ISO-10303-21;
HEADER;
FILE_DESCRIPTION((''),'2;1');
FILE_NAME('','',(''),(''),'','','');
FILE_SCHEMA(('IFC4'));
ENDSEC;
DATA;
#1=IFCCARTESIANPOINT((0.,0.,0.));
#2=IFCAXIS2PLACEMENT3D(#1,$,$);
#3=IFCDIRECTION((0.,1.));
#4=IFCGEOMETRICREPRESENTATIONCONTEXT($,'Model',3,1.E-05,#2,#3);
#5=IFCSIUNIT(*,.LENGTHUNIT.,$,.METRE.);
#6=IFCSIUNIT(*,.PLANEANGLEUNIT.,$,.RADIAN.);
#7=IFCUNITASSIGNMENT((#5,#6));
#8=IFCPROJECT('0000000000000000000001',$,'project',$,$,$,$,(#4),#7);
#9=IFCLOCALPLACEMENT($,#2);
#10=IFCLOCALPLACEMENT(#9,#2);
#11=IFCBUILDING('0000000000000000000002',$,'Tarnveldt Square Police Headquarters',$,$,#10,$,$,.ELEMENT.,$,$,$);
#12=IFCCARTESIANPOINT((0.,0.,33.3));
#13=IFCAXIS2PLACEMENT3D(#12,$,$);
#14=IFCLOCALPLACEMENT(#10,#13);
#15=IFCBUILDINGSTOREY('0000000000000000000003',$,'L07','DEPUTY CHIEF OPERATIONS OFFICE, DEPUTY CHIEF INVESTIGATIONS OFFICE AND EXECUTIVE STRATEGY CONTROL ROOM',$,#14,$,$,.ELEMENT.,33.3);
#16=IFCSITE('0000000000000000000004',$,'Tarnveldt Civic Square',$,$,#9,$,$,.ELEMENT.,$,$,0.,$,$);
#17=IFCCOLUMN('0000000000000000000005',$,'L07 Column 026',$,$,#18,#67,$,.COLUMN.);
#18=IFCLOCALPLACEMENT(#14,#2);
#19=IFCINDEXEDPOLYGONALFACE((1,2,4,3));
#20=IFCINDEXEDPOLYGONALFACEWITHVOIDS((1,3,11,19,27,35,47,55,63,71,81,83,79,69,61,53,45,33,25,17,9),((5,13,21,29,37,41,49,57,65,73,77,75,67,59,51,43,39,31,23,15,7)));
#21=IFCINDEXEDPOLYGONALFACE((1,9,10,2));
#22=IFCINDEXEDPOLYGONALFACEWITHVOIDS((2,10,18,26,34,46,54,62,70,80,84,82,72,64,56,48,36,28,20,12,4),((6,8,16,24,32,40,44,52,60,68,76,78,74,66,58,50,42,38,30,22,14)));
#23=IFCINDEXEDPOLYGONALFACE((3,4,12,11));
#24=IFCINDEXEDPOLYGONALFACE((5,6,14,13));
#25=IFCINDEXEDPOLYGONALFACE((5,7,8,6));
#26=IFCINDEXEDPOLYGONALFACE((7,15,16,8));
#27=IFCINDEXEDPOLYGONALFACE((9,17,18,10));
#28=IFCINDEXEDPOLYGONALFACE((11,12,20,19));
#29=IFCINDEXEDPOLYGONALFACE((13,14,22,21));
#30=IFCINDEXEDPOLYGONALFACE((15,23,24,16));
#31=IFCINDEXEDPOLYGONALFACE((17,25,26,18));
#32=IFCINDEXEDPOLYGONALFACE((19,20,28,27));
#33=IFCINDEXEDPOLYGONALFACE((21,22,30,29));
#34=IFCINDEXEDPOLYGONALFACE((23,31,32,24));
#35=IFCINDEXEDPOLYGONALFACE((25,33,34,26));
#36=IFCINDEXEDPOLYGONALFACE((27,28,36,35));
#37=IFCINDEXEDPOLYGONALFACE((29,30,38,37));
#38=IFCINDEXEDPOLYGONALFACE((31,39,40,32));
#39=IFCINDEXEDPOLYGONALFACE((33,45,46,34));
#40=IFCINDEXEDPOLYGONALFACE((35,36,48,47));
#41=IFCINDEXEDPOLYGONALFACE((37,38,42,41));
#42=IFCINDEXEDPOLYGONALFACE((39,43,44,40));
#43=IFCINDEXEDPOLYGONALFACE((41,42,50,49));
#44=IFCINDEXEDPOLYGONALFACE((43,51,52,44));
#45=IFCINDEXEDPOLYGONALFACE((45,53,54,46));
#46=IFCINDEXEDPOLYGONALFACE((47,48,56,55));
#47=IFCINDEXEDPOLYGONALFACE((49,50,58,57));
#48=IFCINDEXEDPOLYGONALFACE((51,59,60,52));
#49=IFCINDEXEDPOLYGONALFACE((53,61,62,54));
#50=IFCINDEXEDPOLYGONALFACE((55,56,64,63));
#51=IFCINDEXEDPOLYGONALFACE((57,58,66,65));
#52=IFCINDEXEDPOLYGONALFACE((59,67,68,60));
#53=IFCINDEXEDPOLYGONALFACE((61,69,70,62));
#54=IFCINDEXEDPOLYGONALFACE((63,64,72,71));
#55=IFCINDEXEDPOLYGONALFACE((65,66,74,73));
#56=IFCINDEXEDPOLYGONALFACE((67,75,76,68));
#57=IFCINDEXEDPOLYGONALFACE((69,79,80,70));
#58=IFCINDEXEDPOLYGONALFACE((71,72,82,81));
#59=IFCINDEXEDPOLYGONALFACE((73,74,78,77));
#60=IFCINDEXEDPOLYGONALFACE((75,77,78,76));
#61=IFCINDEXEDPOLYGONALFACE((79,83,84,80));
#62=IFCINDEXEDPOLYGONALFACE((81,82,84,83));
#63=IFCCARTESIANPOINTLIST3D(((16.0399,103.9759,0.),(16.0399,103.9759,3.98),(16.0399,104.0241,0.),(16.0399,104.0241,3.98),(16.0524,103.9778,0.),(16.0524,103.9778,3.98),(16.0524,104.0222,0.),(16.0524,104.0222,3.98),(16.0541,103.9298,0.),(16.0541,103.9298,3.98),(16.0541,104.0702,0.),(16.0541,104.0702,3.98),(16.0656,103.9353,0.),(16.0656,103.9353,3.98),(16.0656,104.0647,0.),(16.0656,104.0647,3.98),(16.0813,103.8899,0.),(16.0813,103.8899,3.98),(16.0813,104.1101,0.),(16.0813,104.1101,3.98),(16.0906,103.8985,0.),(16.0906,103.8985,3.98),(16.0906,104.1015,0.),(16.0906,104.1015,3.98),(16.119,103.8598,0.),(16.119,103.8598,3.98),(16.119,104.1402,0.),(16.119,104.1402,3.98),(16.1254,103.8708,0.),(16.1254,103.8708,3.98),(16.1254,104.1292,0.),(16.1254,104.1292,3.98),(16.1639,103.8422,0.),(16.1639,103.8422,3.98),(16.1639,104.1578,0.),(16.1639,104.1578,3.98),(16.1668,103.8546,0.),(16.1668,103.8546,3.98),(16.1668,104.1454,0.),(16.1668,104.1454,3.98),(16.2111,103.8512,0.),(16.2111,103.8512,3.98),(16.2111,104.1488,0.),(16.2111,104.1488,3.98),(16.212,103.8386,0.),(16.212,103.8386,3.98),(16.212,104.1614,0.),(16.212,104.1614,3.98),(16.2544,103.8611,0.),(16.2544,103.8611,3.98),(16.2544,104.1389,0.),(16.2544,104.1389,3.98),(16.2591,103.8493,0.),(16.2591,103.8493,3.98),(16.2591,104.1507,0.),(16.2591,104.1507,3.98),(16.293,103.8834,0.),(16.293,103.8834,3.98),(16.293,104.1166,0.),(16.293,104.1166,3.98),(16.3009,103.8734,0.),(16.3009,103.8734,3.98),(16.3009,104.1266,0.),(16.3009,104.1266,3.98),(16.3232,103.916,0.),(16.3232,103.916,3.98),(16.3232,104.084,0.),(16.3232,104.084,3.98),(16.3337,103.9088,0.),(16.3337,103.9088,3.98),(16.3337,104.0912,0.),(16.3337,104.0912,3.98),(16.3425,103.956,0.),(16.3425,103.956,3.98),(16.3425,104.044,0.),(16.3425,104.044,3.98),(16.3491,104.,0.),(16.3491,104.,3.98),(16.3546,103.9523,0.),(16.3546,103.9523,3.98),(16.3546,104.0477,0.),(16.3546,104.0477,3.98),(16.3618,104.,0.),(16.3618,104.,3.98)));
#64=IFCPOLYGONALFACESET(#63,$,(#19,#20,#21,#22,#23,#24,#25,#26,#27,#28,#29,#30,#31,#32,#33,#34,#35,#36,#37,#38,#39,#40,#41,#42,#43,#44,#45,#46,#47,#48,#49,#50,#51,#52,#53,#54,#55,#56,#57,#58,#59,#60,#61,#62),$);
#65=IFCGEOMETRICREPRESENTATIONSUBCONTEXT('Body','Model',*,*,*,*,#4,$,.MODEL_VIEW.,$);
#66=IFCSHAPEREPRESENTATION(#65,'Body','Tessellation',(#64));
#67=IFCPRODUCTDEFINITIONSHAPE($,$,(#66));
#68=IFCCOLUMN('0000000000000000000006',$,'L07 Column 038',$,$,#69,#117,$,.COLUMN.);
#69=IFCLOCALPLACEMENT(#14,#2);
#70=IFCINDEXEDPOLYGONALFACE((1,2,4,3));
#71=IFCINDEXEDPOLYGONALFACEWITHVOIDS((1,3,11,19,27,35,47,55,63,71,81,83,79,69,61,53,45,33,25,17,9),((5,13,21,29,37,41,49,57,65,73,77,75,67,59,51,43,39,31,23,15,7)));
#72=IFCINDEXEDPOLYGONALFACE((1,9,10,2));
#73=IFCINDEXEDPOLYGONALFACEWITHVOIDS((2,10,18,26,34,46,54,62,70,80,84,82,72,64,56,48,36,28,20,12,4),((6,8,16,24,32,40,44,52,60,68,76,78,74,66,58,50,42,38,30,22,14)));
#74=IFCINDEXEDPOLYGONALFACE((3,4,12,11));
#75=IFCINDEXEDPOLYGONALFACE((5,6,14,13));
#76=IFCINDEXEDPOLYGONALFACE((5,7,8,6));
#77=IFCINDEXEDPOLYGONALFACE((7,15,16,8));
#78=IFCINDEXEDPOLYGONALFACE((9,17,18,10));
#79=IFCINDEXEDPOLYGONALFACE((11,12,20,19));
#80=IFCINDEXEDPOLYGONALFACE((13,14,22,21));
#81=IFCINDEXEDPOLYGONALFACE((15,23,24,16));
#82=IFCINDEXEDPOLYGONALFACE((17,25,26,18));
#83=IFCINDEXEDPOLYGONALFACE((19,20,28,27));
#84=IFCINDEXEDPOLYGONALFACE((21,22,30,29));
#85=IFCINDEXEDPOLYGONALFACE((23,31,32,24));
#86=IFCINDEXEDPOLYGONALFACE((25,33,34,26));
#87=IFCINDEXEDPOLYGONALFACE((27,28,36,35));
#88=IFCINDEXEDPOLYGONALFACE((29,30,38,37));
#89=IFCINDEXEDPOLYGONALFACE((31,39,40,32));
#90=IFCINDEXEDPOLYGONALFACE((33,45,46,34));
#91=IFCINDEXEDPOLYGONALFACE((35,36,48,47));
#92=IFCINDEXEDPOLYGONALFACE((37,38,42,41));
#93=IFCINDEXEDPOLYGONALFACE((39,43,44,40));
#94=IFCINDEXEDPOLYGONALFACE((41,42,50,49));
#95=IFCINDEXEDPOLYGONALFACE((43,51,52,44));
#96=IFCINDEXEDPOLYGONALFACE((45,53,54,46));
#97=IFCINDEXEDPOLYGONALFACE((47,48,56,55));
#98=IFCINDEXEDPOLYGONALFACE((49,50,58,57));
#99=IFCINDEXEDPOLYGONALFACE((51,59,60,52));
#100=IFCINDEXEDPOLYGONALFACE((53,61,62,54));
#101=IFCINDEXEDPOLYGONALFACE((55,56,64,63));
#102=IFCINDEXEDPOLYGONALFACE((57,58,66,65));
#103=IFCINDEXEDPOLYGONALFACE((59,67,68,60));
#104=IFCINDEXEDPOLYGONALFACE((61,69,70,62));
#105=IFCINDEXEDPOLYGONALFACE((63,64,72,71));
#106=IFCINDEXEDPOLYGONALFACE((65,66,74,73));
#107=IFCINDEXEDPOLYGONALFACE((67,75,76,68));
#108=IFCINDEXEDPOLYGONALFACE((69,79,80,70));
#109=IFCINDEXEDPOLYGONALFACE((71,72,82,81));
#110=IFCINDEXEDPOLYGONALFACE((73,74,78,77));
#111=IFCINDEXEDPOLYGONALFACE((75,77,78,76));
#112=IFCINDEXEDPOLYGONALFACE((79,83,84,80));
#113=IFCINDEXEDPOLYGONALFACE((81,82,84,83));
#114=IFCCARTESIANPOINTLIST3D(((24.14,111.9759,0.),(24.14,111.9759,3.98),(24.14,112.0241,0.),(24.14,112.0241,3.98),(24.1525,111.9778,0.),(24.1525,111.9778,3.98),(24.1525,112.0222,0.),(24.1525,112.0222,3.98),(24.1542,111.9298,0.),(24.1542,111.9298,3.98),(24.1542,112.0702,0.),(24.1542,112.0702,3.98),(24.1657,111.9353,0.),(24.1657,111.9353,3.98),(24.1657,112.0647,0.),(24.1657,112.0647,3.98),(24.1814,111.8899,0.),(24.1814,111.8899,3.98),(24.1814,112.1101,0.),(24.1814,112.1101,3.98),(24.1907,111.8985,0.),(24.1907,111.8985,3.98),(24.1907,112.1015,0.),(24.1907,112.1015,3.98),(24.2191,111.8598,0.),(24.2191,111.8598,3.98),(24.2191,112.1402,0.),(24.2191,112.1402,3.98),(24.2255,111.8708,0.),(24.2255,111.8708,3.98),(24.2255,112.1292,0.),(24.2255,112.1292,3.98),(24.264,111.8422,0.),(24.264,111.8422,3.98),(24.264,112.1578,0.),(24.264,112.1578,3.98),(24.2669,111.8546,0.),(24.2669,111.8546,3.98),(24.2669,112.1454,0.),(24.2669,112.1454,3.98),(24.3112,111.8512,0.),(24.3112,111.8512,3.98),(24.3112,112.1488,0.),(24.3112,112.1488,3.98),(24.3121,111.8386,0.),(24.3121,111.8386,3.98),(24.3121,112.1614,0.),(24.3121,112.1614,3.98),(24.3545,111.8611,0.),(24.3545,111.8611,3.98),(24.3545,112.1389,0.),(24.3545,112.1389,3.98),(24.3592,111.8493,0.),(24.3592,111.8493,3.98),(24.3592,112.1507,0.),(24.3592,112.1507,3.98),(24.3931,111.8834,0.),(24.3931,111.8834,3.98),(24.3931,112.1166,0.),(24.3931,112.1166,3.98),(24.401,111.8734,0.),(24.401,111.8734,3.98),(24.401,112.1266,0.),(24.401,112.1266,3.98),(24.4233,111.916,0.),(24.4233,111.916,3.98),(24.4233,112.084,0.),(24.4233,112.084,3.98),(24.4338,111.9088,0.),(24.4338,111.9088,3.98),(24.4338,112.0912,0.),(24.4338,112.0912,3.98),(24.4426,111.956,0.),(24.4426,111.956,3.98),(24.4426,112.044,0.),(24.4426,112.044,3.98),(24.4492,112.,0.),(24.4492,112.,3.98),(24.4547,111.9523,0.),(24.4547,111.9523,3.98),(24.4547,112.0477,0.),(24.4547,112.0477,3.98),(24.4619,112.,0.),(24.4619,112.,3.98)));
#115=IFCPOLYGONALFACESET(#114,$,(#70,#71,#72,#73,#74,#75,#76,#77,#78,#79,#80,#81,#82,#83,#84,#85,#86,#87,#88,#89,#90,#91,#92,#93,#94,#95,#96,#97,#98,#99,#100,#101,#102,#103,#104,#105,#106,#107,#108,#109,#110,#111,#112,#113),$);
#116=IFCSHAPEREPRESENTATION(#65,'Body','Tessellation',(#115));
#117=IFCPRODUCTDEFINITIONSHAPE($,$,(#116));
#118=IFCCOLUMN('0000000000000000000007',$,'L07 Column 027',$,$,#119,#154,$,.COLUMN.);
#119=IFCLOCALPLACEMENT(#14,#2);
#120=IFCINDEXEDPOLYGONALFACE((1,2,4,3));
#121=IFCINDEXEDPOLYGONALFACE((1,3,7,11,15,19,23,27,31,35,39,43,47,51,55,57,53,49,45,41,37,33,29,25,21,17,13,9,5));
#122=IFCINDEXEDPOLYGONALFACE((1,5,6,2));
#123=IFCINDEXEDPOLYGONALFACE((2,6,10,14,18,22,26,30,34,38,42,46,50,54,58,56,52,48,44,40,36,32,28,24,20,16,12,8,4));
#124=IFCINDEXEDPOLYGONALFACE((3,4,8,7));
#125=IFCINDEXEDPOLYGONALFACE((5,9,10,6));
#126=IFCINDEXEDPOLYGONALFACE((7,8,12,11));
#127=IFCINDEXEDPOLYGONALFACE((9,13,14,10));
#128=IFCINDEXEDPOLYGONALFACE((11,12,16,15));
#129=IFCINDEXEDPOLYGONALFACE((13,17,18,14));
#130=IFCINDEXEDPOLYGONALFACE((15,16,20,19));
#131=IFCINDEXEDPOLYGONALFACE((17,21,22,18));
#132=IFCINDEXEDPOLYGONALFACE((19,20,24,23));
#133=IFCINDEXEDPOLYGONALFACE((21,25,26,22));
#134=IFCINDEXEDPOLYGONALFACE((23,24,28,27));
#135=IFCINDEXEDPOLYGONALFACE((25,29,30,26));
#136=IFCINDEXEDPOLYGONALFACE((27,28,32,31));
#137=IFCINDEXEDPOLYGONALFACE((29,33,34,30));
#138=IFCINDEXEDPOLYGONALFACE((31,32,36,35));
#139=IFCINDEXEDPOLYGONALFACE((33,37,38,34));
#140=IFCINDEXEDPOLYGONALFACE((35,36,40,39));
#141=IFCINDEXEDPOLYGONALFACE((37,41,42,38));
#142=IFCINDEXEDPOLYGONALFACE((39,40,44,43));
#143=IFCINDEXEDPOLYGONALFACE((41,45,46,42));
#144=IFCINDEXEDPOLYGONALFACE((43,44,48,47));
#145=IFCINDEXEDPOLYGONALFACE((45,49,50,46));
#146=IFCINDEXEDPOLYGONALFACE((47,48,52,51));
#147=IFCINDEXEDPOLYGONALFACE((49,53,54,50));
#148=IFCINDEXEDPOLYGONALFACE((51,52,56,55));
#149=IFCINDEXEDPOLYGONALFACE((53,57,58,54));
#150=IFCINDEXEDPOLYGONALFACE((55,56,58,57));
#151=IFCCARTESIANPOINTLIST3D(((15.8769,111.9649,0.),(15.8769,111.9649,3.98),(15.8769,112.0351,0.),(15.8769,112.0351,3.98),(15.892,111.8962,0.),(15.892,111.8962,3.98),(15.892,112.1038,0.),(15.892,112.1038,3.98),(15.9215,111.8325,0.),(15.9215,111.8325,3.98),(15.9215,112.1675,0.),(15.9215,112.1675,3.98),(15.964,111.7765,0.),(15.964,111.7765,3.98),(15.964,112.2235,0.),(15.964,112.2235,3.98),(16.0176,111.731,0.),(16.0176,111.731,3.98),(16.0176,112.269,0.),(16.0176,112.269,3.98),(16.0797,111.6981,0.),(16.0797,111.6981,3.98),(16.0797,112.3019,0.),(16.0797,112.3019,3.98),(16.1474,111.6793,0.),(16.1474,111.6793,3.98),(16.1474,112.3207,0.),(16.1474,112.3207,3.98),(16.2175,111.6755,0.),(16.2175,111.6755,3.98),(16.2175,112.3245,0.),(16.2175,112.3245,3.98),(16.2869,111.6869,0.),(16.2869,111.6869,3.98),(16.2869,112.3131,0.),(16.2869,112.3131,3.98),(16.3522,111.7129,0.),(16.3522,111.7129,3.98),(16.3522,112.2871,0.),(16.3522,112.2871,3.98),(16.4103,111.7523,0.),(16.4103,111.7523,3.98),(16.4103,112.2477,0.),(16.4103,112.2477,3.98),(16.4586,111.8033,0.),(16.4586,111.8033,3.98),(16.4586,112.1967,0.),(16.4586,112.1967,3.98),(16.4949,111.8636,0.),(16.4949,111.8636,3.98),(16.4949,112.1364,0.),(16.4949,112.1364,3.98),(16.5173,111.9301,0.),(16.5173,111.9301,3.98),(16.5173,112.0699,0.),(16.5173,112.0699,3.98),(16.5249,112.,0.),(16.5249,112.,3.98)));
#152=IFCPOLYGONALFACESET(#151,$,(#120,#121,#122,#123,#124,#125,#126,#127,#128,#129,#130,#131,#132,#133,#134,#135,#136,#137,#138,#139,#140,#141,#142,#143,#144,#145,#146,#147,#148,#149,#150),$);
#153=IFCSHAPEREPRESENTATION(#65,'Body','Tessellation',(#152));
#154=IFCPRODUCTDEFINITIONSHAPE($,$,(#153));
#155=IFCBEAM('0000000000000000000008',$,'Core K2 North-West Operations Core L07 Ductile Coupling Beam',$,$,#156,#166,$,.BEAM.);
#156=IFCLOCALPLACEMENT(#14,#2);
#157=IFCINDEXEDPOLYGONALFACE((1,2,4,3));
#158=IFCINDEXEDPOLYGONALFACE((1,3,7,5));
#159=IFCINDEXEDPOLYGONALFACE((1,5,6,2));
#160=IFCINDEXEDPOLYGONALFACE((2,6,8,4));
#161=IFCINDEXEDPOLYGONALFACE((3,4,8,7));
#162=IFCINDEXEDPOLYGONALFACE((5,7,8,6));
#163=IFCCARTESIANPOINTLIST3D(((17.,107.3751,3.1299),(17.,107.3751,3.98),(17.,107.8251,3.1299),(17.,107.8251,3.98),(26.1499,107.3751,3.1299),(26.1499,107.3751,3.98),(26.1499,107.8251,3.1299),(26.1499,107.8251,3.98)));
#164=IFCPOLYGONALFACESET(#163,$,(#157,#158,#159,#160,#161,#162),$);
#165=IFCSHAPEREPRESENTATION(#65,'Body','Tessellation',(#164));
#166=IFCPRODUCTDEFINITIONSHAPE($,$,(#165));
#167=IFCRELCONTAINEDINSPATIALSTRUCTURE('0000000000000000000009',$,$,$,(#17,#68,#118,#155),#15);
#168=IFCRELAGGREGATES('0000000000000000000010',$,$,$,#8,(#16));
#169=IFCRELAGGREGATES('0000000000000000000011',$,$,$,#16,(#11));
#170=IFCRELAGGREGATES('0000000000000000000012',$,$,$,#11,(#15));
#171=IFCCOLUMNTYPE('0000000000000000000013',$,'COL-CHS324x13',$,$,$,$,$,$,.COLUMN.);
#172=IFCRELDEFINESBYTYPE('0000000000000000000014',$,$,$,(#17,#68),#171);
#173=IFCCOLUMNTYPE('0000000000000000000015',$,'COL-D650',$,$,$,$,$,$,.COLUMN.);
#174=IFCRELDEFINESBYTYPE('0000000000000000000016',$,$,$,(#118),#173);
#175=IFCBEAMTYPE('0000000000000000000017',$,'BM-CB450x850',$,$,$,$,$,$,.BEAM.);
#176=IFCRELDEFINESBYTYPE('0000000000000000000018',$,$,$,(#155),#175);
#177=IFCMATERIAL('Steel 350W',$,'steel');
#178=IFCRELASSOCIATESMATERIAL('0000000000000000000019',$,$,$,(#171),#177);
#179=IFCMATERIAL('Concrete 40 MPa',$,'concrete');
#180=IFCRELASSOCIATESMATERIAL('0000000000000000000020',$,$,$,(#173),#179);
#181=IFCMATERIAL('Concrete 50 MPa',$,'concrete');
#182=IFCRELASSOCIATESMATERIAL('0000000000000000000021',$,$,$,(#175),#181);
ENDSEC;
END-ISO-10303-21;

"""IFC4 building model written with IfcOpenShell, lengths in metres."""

from ifc_helpers import new_model, si_unit, direction, frame, origin, origin_2d, place, context, subcontext, project, spatial, rectangle, circle, hollow_circle, extrude, material, material_profile, profile_set, type_object, element, save


model = new_model("IFC4")

# Units and contexts
model_context = context("Model", 3, precision=1e-05, world=origin(), true_north=direction((0.0, 1.0)))
body_context = subcontext(model_context, "Body", "Model", "MODEL_VIEW")
ifc_project = project(units=[si_unit("LENGTHUNIT", "METRE"), si_unit("PLANEANGLEUNIT", "RADIAN")], contexts=[model_context])

# Site, building, storey
site_placement = place(None, origin())
site = spatial("IfcSite", under=ifc_project, at=site_placement, Name="Tarnveldt Civic Square", CompositionType="ELEMENT", RefElevation=0.0)
building_placement = place(site_placement, origin())
building = spatial("IfcBuilding", under=site, at=building_placement, Name="Tarnveldt Square Police Headquarters", CompositionType="ELEMENT")
storey_placement = place(building_placement, frame((0.0, 0.0, 33.3)))
storey = spatial("IfcBuildingStorey", under=building, at=storey_placement, Name="L07", Description="DEPUTY CHIEF OPERATIONS OFFICE, DEPUTY CHIEF INVESTIGATIONS OFFICE AND EXECUTIVE STRATEGY CONTROL ROOM", CompositionType="ELEMENT", Elevation=33.3)

# Columns
ifc_material_1 = material(Name="Steel 350W", Category="steel")
ifc_material_profile_1 = material_profile(ifc_material_1, hollow_circle(Radius=0.1619, WallThickness=0.0127, at=origin_2d()), Name="HSS324x13")
ifc_profile_set_1 = profile_set([ifc_material_profile_1], Name="Steel 350W")
column_type_1 = type_object("IfcColumnType", Name="COL-CHS324x13", PredefinedType="COLUMN", material=ifc_profile_set_1)
for number, where, z_axis, x_axis, name in (
    (1, (16.2, 104.0, 0.0), (0.0, 0.0, 1.0), (1.0, 0.0, 0.0), "L07 Column 026"),
    (2, (24.3, 112.0, 0.0), (0.0, 0.0, 1.0), (1.0, 0.0, 0.0), "L07 Column 038"),
):
    element("IfcColumn", number, at=place(storey_placement, frame(where, z_axis=z_axis, x_axis=x_axis)), inside=storey, type_object=column_type_1, Name=name, PredefinedType="COLUMN", context=body_context, shape_type="SweptSolid", body=[
        extrude(hollow_circle(Radius=0.1619, WallThickness=0.0127, at=origin_2d()), origin(), (0.0, 0.0, 1.0), 3.98),
    ])
ifc_material_2 = material(Name="Concrete 40 MPa", Category="concrete")
ifc_material_profile_2 = material_profile(ifc_material_2, circle(Radius=0.325, at=origin_2d()), Name="RC-D650")
ifc_profile_set_2 = profile_set([ifc_material_profile_2], Name="Concrete 40 MPa")
column_type_2 = type_object("IfcColumnType", Name="COL-D650", PredefinedType="COLUMN", material=ifc_profile_set_2)
column_placement = place(storey_placement, frame((16.2, 112.0, 0.0), z_axis=(0.0, 0.0, 1.0), x_axis=(1.0, 0.0, 0.0)))
element("IfcColumn", 3, at=column_placement, inside=storey, type_object=column_type_2, Name="L07 Column 027", PredefinedType="COLUMN", context=body_context, shape_type="SweptSolid", body=[
    extrude(circle(Radius=0.325, at=origin_2d()), origin(), (0.0, 0.0, 1.0), 3.98),
])

# Beam
ifc_material_3 = material(Name="Concrete 50 MPa", Category="concrete")
ifc_material_profile_3 = material_profile(ifc_material_3, rectangle(XDim=0.45, YDim=0.8501, at=origin_2d()), Name="RC-CB450x850")
ifc_profile_set_3 = profile_set([ifc_material_profile_3], Name="Concrete 50 MPa")
beam_type_1 = type_object("IfcBeamType", Name="BM-CB450x850", PredefinedType="BEAM", material=ifc_profile_set_3)
beam_1_placement = place(storey_placement, frame((17.0, 107.6001, 3.5549), z_axis=(1.0, 0.0, 0.0), x_axis=(0.0, 1.0, 0.0)))
element("IfcBeam", 4, at=beam_1_placement, inside=storey, type_object=beam_type_1, Name="Core K2 North-West Operations Core L07 Ductile Coupling Beam", PredefinedType="BEAM", context=body_context, shape_type="SweptSolid", body=[
    extrude(rectangle(XDim=0.45, YDim=0.8501, at=origin_2d()), origin(), (0.0, 0.0, 1.0), 9.1499),
])

save(model, "model.ifc")
